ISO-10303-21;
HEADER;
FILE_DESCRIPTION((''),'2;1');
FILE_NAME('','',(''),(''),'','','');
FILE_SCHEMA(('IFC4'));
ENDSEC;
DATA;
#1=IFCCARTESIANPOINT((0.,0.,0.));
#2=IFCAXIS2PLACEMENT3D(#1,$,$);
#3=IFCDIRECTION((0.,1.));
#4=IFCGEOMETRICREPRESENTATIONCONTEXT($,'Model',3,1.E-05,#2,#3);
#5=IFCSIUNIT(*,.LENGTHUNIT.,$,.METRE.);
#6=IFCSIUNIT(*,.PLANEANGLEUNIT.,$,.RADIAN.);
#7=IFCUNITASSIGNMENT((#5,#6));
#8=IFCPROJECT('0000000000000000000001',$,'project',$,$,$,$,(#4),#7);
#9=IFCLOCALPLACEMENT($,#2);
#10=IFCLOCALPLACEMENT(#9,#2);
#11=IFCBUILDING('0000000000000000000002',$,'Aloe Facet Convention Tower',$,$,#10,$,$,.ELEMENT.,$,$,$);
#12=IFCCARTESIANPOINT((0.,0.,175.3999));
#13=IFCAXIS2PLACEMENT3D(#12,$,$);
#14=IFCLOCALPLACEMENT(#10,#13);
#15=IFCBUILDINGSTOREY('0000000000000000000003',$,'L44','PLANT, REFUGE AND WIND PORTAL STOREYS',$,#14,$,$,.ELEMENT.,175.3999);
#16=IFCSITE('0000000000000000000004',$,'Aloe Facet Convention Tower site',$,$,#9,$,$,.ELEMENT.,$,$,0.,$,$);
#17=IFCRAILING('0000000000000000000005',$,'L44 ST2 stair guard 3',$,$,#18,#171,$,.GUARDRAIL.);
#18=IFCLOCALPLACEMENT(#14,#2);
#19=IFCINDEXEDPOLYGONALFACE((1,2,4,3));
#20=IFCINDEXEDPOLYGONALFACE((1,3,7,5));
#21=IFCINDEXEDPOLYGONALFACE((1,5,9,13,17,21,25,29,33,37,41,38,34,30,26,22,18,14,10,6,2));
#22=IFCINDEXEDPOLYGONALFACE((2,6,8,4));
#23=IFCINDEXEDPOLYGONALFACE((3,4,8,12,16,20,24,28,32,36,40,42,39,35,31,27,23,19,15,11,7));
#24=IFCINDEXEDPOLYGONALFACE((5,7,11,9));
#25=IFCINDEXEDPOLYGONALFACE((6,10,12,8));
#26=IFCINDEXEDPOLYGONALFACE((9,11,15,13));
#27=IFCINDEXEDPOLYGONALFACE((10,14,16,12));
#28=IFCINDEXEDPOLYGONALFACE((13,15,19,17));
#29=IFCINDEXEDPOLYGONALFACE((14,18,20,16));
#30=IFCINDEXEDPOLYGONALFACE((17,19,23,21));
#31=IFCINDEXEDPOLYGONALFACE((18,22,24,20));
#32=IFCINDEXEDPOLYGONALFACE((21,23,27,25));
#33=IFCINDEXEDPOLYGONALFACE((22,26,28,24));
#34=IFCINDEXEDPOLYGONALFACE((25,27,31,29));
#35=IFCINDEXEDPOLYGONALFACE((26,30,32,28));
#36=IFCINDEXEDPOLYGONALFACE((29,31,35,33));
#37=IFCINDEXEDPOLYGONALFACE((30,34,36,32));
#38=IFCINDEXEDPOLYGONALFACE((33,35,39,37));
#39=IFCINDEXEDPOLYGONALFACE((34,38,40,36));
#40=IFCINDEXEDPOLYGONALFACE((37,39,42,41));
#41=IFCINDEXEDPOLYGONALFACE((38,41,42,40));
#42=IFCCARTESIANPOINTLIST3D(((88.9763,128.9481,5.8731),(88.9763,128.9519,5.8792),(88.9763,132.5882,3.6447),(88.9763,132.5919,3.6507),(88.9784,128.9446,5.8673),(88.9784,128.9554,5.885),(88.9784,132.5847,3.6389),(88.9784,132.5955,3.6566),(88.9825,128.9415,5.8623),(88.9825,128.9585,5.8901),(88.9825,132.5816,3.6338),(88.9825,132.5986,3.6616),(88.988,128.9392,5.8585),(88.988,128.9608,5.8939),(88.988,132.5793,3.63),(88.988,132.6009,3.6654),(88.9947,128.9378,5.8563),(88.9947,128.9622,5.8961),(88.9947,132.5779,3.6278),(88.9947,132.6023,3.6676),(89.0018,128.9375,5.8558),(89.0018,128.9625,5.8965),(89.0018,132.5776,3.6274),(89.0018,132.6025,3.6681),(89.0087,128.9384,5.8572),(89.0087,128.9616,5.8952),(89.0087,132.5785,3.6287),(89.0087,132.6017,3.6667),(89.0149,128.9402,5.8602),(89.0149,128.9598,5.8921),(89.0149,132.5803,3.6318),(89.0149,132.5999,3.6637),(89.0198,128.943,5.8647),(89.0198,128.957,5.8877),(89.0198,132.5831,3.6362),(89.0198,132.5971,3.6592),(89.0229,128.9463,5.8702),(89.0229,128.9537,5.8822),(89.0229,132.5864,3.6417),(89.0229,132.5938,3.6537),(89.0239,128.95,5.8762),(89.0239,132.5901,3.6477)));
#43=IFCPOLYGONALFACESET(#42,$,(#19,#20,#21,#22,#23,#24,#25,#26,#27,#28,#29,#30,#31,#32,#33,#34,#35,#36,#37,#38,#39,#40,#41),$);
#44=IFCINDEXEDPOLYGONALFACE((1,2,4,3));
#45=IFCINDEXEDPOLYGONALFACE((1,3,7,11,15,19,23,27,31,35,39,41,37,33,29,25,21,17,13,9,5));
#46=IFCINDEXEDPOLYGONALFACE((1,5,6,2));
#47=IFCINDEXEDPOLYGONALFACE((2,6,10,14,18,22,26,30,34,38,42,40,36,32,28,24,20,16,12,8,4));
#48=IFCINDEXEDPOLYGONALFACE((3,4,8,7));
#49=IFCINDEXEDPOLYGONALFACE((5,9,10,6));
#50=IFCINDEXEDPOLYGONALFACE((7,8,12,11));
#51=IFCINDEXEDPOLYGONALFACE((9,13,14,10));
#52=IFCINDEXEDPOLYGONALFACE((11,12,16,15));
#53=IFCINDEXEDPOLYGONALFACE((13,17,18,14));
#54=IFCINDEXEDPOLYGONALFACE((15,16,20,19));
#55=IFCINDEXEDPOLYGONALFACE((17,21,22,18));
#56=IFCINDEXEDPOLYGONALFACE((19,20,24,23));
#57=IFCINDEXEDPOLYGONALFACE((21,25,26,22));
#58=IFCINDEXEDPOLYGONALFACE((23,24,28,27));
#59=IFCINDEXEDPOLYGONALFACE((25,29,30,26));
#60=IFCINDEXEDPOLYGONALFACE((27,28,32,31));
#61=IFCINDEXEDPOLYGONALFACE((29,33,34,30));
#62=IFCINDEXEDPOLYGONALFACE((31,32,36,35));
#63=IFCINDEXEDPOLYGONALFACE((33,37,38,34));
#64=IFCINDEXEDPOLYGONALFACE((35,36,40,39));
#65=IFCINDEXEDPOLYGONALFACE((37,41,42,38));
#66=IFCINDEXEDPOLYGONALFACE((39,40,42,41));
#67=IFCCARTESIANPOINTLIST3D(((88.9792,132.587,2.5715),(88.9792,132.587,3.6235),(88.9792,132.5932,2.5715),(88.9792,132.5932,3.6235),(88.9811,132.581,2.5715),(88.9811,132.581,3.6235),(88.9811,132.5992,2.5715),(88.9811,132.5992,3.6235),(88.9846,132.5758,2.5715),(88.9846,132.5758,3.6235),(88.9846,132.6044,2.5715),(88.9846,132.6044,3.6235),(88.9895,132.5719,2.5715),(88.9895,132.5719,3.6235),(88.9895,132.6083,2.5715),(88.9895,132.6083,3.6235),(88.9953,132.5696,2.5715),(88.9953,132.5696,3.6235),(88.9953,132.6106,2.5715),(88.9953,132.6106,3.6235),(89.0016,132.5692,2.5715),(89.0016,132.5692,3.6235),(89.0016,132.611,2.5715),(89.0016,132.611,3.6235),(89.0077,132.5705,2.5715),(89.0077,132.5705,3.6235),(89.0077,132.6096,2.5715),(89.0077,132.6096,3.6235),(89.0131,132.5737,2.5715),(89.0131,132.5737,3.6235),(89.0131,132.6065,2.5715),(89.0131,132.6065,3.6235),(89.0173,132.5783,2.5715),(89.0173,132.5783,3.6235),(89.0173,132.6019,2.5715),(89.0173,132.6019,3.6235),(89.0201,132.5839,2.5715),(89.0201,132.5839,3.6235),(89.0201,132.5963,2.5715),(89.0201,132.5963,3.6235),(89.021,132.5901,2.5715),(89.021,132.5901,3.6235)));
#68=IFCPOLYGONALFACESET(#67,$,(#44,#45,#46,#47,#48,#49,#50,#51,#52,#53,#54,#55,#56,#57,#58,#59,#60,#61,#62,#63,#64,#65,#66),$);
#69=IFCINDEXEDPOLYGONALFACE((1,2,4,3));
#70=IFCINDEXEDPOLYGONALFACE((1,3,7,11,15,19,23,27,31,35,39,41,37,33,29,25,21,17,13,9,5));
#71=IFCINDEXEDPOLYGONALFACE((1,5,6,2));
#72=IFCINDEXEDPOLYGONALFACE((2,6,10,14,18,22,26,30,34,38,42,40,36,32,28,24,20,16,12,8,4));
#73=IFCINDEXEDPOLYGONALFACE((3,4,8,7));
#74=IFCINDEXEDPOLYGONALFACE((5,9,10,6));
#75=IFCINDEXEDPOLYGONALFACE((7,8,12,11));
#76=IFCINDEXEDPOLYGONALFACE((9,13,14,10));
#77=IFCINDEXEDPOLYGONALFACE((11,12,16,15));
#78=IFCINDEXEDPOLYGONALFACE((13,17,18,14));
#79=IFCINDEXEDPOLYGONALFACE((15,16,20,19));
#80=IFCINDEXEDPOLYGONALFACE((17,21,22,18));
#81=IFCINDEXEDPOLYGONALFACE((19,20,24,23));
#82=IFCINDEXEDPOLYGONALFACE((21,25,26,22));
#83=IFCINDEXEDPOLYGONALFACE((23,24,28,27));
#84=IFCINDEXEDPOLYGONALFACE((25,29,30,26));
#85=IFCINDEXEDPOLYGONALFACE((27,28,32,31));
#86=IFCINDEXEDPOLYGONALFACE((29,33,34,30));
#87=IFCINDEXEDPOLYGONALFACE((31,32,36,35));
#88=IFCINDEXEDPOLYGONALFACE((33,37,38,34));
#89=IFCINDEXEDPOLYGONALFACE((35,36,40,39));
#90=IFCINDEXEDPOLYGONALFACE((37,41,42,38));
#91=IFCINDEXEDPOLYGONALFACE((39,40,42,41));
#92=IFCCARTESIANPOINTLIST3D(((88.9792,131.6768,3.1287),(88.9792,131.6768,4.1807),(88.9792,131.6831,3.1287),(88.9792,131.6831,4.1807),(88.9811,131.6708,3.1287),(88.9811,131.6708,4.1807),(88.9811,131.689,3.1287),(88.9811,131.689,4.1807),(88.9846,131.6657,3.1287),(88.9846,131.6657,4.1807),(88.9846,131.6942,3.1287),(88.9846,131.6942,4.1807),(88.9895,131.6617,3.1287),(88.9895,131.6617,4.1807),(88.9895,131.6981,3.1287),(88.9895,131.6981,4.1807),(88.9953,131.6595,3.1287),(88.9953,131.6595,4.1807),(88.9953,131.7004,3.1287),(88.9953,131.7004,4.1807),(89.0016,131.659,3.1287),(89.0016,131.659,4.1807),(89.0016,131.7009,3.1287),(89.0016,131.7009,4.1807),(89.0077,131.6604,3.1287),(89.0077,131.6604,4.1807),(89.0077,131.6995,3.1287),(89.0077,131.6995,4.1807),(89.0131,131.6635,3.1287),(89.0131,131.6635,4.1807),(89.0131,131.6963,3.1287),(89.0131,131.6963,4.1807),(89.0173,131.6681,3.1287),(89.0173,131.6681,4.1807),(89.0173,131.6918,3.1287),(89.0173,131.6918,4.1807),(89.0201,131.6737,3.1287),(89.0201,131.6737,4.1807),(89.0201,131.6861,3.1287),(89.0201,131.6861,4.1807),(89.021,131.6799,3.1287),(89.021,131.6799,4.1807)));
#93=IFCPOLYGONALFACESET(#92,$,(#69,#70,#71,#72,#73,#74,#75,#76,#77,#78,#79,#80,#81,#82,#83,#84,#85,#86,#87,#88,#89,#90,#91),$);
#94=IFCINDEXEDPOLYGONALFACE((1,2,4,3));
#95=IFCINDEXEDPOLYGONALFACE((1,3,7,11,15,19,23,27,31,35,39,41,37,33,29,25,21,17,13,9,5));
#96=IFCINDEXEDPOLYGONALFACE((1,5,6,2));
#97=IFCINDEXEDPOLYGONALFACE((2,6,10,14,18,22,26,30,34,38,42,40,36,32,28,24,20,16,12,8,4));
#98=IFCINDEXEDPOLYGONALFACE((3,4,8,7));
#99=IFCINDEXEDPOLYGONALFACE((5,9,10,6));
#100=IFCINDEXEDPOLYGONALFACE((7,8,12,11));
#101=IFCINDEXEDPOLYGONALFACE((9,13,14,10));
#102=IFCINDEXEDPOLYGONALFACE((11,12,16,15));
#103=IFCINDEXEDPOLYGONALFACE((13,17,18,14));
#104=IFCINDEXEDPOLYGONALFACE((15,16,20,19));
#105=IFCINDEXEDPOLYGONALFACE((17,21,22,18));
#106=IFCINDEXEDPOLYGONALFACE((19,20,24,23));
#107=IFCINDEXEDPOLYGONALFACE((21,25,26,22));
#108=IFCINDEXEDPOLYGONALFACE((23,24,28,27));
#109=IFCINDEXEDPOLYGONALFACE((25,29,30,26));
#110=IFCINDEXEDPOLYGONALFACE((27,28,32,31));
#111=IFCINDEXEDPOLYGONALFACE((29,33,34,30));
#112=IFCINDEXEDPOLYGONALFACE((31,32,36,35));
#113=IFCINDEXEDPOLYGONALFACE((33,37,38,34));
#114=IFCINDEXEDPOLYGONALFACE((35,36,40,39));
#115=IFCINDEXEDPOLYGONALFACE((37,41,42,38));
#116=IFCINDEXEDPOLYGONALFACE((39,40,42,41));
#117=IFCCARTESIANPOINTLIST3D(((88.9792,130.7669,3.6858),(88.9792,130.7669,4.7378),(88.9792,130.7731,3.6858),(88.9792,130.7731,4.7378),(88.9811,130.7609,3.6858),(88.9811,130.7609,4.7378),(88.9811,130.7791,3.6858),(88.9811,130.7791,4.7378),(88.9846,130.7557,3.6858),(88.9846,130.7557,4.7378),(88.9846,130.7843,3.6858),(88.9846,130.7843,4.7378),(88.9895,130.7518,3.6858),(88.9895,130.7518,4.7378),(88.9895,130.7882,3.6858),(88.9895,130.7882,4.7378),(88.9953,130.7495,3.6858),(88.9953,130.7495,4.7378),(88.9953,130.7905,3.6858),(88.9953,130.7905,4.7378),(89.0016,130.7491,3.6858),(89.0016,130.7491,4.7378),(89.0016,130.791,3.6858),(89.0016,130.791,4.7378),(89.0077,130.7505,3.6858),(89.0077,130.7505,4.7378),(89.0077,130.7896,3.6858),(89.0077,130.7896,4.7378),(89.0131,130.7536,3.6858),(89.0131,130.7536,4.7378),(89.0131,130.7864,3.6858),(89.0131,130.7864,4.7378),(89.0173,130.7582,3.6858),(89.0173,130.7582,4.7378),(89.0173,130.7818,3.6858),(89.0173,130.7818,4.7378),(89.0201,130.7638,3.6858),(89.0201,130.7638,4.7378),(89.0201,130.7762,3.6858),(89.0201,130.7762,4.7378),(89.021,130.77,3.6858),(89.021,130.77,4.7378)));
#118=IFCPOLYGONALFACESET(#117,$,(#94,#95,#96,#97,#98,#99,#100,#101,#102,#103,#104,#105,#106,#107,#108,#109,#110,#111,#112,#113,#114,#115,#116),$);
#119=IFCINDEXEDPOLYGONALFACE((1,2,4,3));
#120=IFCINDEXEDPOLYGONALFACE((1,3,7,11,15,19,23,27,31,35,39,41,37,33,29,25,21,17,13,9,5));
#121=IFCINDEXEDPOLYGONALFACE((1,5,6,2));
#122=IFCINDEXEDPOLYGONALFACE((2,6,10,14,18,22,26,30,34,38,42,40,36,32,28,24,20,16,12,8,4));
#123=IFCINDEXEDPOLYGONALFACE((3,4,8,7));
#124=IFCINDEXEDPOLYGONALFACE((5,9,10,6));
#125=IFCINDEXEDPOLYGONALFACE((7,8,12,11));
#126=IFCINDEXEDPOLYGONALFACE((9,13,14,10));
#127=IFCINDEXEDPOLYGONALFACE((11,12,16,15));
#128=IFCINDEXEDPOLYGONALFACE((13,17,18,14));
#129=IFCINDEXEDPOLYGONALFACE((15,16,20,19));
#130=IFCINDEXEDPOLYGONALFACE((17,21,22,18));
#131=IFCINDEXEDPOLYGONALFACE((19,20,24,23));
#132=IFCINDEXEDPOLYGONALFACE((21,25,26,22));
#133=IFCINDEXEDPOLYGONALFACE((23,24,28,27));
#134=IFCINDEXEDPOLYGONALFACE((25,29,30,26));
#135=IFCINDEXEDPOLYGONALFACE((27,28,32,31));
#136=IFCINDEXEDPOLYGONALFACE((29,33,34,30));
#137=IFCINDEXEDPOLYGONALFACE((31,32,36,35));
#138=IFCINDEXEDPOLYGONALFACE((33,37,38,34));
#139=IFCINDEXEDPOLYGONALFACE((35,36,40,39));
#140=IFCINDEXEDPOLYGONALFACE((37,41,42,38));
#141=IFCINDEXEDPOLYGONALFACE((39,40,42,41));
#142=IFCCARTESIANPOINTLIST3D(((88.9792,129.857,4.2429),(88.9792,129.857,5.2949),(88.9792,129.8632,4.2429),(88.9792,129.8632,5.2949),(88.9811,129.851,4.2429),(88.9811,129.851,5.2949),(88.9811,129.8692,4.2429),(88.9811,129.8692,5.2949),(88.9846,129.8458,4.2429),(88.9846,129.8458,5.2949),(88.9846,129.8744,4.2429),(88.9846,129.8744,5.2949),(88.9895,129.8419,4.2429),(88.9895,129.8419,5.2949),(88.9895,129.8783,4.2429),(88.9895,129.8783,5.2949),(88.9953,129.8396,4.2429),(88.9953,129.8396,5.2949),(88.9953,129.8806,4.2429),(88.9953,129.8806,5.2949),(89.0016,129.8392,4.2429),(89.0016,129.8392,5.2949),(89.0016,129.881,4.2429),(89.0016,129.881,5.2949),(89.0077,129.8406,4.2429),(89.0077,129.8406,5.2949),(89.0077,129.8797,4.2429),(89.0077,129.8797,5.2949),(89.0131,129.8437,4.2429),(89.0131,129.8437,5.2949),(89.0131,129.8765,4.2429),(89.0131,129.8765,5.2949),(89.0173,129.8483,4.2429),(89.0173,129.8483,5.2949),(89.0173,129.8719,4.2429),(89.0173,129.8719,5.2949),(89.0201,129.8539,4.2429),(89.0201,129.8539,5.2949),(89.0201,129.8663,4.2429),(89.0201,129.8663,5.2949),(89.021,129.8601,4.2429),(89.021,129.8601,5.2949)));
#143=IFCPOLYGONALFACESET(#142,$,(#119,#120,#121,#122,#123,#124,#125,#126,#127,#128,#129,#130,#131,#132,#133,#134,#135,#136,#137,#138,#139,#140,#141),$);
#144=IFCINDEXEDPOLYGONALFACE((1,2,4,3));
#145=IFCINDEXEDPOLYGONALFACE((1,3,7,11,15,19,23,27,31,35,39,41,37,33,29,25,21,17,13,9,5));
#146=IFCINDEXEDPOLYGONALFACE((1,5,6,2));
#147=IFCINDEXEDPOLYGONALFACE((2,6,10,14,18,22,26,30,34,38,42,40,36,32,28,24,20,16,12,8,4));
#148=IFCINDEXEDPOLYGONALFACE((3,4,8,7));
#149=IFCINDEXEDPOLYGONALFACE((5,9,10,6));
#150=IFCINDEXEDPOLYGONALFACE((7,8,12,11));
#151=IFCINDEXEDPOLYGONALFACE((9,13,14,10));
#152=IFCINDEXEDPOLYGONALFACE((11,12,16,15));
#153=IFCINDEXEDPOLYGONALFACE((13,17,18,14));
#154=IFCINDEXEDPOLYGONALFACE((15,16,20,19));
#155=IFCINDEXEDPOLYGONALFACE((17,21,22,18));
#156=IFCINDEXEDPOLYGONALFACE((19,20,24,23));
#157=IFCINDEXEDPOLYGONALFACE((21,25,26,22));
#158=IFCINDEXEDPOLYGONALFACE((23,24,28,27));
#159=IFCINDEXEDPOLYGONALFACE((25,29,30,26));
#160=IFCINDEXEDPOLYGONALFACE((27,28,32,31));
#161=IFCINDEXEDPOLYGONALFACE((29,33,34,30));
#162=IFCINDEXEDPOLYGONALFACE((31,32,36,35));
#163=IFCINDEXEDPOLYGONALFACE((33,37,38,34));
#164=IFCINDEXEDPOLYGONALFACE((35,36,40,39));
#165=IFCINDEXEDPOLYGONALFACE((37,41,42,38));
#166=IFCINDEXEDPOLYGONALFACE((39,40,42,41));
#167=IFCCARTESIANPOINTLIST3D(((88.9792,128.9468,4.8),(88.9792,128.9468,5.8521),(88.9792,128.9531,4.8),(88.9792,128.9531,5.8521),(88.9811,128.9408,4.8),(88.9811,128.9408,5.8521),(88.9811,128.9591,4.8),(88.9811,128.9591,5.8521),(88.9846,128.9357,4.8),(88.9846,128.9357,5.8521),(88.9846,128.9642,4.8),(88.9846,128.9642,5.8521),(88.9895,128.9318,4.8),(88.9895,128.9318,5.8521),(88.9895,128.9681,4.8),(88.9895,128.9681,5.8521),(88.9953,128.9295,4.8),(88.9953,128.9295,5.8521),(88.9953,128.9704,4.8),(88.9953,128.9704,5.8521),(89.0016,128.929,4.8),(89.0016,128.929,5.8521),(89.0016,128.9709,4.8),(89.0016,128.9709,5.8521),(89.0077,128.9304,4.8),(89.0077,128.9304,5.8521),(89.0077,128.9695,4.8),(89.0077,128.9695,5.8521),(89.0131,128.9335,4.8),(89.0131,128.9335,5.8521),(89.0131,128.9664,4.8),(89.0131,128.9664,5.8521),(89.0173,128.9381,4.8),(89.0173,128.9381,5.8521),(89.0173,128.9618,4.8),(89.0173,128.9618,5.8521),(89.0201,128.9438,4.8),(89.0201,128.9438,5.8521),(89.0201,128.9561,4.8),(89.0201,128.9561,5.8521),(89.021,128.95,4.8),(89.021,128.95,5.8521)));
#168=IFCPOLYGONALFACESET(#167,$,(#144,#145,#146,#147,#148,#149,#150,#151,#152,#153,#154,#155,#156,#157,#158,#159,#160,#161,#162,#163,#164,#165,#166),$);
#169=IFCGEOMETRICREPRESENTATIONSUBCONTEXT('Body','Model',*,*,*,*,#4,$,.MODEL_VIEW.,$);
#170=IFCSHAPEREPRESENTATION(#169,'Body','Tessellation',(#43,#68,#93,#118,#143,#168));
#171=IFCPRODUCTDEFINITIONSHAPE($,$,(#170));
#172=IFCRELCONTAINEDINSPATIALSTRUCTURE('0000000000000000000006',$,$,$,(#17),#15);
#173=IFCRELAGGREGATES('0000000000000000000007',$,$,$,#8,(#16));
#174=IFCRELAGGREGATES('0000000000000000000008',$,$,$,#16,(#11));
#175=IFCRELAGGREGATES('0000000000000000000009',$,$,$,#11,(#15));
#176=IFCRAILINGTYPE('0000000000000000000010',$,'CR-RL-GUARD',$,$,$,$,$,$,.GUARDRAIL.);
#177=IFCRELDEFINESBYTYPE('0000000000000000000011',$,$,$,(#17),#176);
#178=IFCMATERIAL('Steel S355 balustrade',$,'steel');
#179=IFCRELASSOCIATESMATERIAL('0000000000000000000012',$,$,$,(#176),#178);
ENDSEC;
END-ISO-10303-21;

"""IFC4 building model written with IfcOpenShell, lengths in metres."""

from ifc_helpers import new_model, si_unit, direction, frame, origin, origin_2d, place, context, subcontext, project, spatial, circle, extrude, material, type_object, element, save


model = new_model("IFC4")

# Units and contexts
model_context = context("Model", 3, precision=1e-05, world=origin(), true_north=direction((0.0, 1.0)))
body_context = subcontext(model_context, "Body", "Model", "MODEL_VIEW")
ifc_project = project(units=[si_unit("LENGTHUNIT", "METRE"), si_unit("PLANEANGLEUNIT", "RADIAN")], contexts=[model_context])

# Site, building, storey
site_placement = place(None, origin())
site = spatial("IfcSite", under=ifc_project, at=site_placement, Name="Aloe Facet Convention Tower site", CompositionType="ELEMENT", RefElevation=0.0)
building_placement = place(site_placement, origin())
building = spatial("IfcBuilding", under=site, at=building_placement, Name="Aloe Facet Convention Tower", CompositionType="ELEMENT")
storey_placement = place(building_placement, frame((0.0, 0.0, 175.3999)))
storey = spatial("IfcBuildingStorey", under=building, at=storey_placement, Name="L44", Description="PLANT, REFUGE AND WIND PORTAL STOREYS", CompositionType="ELEMENT", Elevation=175.3999)

# Railing
ifc_material_1 = material(Name="Steel S355 balustrade", Category="steel")
railing_type_1 = type_object("IfcRailingType", Name="CR-RL-GUARD", PredefinedType="GUARDRAIL", material=ifc_material_1)
railing_1_placement = place(storey_placement, frame((89.0, 132.5901, 2.5715)))
element("IfcRailing", 1, at=railing_1_placement, inside=storey, type_object=railing_type_1, Name="L44 ST2 stair guard 3", PredefinedType="GUARDRAIL", context=body_context, shape_type="SweptSolid", body=[
    extrude(circle(Radius=0.0239, at=origin_2d()), frame((0.0, 0.0, 1.0762), z_axis=(0.0, -0.852866, 0.52213), x_axis=(1.0, 0.0, 0.0)), (0.0, 0.0, 1.0), 4.2681),
    extrude(circle(Radius=0.021, at=origin_2d()), origin(), (0.0, 0.0, 1.0), 1.052),
    extrude(circle(Radius=0.021, at=origin_2d()), frame((0.0, -0.9102, 0.5571)), (0.0, 0.0, 1.0), 1.052),
    extrude(circle(Radius=0.021, at=origin_2d()), frame((0.0, -1.8201, 1.1143)), (0.0, 0.0, 1.0), 1.052),
    extrude(circle(Radius=0.021, at=origin_2d()), frame((0.0, -2.73, 1.6714)), (0.0, 0.0, 1.0), 1.052),
    extrude(circle(Radius=0.021, at=origin_2d()), frame((0.0, -3.6401, 2.2285)), (0.0, 0.0, 1.0), 1.052),
])

save(model, "model.ifc")
